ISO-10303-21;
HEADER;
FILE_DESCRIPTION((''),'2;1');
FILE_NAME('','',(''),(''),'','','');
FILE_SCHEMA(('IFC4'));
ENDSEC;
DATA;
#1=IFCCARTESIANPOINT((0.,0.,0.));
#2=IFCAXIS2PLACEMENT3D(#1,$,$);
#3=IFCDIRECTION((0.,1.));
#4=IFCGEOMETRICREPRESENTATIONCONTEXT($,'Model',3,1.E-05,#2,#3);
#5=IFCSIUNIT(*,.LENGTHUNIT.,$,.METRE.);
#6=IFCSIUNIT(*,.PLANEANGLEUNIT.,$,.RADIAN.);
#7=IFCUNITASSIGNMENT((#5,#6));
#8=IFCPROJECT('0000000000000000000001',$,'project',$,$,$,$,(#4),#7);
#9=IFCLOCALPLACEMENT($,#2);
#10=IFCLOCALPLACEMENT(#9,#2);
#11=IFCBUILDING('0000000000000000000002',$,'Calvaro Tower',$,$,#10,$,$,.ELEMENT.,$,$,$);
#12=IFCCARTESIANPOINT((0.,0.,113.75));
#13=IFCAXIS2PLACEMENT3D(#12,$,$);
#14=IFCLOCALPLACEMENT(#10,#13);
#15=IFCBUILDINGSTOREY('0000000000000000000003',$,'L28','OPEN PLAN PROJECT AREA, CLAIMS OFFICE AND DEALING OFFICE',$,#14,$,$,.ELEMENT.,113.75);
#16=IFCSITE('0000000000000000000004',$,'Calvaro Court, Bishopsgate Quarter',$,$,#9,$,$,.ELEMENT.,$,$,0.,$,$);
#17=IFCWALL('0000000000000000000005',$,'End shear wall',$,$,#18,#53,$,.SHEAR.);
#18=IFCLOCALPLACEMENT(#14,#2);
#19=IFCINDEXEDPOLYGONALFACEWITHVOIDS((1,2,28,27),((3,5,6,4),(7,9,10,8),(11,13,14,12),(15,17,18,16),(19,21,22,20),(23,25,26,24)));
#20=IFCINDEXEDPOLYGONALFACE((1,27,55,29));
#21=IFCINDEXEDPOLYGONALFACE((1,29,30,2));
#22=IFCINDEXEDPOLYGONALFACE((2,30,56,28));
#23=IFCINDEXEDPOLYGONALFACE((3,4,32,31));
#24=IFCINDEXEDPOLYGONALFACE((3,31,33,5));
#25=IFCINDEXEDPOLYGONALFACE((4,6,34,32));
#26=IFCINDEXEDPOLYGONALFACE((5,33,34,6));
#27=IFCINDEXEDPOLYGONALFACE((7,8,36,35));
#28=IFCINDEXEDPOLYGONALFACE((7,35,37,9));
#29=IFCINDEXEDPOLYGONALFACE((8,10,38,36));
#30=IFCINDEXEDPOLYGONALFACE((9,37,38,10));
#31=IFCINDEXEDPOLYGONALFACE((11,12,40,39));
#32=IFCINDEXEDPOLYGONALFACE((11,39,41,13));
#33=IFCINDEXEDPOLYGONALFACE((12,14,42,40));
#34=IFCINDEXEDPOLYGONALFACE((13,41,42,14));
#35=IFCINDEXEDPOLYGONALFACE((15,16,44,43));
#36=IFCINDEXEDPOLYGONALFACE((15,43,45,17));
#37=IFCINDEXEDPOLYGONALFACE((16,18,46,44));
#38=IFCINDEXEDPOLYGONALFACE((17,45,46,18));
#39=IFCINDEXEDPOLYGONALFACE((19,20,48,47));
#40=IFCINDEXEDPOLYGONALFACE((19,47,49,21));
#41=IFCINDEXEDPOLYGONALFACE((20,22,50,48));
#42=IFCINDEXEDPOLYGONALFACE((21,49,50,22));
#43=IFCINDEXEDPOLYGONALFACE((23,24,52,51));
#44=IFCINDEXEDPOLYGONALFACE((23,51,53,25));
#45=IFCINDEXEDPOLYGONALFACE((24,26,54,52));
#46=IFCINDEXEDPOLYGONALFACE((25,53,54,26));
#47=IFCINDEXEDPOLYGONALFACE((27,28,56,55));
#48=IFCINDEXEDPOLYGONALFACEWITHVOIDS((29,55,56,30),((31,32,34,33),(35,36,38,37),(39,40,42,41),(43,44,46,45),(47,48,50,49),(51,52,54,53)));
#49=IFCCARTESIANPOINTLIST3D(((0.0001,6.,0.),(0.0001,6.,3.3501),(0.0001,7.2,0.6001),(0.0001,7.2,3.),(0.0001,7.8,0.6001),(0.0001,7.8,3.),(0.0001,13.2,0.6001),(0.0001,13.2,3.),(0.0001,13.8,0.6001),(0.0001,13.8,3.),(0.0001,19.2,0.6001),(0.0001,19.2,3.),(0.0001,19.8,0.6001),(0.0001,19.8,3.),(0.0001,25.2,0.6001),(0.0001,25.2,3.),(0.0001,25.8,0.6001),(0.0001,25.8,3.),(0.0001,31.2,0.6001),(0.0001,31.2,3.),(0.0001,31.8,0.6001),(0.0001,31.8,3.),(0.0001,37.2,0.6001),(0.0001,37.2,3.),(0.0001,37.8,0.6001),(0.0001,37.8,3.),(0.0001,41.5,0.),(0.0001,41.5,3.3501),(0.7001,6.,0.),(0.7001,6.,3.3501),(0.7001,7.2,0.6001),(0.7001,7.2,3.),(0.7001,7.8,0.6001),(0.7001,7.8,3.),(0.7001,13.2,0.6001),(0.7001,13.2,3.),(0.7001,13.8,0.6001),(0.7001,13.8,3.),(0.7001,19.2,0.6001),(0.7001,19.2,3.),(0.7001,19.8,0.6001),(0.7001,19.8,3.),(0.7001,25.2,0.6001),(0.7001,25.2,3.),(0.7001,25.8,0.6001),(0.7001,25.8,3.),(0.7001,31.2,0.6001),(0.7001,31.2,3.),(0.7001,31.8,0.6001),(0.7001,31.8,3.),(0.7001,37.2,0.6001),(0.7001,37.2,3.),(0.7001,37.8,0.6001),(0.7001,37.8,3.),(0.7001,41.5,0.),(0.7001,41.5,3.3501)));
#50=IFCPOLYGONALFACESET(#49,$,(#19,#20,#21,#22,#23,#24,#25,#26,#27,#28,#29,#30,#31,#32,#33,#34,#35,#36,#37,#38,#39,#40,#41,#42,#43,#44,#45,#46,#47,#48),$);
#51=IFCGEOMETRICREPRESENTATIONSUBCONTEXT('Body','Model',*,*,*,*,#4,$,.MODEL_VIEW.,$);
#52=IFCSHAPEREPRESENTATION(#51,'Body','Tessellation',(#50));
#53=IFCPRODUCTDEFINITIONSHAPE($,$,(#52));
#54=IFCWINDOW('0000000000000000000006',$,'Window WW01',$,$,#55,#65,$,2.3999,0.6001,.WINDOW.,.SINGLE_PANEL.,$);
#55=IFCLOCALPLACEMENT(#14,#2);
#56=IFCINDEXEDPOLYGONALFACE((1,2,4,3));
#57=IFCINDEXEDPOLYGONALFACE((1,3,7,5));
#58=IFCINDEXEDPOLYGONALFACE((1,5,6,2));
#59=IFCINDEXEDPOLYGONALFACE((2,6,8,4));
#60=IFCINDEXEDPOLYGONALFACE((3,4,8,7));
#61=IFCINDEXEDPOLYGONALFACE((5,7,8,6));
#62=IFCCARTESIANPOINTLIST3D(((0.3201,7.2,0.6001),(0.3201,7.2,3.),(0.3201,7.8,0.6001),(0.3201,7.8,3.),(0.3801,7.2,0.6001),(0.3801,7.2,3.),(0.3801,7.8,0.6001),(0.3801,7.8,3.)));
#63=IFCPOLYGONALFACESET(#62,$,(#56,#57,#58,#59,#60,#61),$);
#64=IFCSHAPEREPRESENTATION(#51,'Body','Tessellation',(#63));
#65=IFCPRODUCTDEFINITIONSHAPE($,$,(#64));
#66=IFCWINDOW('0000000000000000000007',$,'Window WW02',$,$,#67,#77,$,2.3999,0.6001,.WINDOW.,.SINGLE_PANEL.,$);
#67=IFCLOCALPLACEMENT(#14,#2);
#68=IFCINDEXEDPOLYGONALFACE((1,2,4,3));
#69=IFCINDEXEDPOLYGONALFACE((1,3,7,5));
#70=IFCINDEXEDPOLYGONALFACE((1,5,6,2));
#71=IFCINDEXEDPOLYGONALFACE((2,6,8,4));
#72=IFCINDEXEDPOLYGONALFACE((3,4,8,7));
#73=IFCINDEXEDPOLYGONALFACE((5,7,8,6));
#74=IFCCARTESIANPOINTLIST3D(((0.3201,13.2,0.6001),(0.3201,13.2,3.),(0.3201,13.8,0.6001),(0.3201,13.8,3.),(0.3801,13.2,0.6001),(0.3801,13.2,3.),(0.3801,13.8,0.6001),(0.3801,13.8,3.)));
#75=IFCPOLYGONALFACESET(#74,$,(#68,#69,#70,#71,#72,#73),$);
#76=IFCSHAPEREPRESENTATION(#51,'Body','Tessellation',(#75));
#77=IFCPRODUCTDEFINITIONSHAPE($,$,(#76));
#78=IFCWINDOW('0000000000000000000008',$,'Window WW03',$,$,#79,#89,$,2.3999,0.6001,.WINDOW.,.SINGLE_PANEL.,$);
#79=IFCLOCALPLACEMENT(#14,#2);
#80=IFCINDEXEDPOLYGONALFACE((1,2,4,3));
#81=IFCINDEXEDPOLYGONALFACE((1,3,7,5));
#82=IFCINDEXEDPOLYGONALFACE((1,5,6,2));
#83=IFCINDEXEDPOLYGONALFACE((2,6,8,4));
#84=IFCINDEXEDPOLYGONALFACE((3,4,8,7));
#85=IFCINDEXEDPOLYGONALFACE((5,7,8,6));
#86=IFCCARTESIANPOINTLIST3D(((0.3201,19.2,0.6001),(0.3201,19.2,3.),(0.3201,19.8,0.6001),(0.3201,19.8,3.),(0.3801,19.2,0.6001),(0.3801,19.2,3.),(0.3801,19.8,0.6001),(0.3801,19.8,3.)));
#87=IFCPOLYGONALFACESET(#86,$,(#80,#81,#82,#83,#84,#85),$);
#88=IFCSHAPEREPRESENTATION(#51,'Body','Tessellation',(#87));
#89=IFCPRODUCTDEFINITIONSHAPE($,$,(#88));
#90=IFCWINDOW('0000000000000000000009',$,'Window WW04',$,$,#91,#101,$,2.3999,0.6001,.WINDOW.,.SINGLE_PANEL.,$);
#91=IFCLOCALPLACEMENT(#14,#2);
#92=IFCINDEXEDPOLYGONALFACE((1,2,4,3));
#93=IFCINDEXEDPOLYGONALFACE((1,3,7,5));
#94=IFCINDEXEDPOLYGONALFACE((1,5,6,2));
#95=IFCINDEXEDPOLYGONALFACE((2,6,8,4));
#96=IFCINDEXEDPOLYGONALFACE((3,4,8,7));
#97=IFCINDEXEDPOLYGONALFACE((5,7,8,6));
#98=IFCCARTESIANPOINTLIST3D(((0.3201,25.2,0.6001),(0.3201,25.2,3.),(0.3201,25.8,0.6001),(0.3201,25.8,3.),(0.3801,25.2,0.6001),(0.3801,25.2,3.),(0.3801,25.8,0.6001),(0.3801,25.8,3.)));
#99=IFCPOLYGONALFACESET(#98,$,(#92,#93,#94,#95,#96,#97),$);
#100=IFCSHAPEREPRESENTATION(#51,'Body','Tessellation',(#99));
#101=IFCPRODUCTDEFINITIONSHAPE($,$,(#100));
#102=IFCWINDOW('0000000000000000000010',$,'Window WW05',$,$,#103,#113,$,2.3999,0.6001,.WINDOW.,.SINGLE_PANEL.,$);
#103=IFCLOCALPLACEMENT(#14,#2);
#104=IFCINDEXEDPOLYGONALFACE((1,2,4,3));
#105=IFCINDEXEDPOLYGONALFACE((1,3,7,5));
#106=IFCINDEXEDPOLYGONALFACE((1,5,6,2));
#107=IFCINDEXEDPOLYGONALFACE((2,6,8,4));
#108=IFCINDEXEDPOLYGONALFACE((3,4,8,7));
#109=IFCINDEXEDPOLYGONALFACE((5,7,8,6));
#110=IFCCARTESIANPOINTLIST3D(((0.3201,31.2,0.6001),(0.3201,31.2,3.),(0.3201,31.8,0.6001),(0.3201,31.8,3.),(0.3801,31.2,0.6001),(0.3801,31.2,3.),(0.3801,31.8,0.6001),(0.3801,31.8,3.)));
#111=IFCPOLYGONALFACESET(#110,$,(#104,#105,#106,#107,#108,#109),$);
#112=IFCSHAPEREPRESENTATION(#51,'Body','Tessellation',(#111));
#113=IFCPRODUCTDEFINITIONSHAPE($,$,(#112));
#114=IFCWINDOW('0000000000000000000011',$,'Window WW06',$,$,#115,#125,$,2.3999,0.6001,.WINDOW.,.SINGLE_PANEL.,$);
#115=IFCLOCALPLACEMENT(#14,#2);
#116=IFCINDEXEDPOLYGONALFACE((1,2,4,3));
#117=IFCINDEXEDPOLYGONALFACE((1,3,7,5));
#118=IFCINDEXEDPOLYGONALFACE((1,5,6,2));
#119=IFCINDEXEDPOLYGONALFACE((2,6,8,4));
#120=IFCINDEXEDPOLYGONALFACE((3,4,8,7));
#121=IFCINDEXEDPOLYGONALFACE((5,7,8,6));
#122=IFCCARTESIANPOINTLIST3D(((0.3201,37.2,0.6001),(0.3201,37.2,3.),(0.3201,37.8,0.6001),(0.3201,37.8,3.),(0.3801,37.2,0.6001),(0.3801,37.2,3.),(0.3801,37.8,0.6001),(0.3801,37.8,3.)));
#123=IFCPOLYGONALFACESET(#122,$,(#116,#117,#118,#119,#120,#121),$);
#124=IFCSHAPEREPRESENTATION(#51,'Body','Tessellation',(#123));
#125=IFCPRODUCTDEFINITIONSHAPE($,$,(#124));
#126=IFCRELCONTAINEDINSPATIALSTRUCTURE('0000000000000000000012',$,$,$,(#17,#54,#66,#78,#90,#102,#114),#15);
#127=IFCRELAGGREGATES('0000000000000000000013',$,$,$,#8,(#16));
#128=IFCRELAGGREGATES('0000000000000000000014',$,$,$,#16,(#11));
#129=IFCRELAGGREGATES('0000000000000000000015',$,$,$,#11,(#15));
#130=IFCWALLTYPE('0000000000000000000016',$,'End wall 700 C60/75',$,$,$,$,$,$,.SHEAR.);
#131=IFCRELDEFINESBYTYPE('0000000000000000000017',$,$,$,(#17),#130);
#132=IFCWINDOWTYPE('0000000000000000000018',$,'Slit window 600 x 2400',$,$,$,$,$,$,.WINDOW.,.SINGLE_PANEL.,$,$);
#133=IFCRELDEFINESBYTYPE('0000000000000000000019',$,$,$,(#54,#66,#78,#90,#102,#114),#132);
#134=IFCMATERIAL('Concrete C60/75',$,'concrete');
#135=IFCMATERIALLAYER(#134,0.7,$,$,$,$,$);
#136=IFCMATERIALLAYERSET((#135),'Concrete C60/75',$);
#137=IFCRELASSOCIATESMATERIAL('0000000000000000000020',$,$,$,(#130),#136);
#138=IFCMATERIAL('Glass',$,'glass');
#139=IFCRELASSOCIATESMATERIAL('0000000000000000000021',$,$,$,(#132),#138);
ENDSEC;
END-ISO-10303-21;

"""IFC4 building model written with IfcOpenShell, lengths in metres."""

from ifc_helpers import new_model, si_unit, direction, frame, frame_2d, origin, place, context, subcontext, project, spatial, rectangle, extrude, material, layer, layer_set, type_object, element, fill, save


model = new_model("IFC4")

# Units and contexts
model_context = context("Model", 3, precision=1e-05, world=origin(), true_north=direction((0.0, 1.0)))
body_context = subcontext(model_context, "Body", "Model", "MODEL_VIEW")
ifc_project = project(units=[si_unit("LENGTHUNIT", "METRE"), si_unit("PLANEANGLEUNIT", "RADIAN")], contexts=[model_context])

# Site, building, storey
site_placement = place(None, origin())
site = spatial("IfcSite", under=ifc_project, at=site_placement, Name="Calvaro Court, Bishopsgate Quarter", CompositionType="ELEMENT", RefElevation=0.0)
building_placement = place(site_placement, origin())
building = spatial("IfcBuilding", under=site, at=building_placement, Name="Calvaro Tower", CompositionType="ELEMENT")
storey_placement = place(building_placement, frame((0.0, 0.0, 113.75)))
storey = spatial("IfcBuildingStorey", under=building, at=storey_placement, Name="L28", Description="OPEN PLAN PROJECT AREA, CLAIMS OFFICE AND DEALING OFFICE", CompositionType="ELEMENT", Elevation=113.75)

# Wall, openings, windows
ifc_material_1 = material(Name="Concrete C60/75", Category="concrete")
ifc_layer_1 = layer(ifc_material_1, 0.7)
ifc_layer_set_1 = layer_set([ifc_layer_1], Name="Concrete C60/75")
wall_type = type_object("IfcWallType", Name="End wall 700 C60/75", PredefinedType="SHEAR", material=ifc_layer_set_1)
wall_placement = place(storey_placement, frame((0.3501, 6.0, 0.0), z_axis=(0.0, 0.0, 1.0), x_axis=(0.0, 1.0, 0.0)))
wall = element("IfcWall", 1, at=wall_placement, inside=storey, type_object=wall_type, Name="End shear wall", PredefinedType="SHEAR", context=body_context, shape_type="SweptSolid", body=[
    extrude(rectangle(XDim=35.5, YDim=0.7, at=frame_2d((17.75, 0.0))), origin(), (0.0, 0.0, 1.0), 3.3501),
])
opening_1_placement = place(wall_placement, frame((1.2, 0.0, 0.6001)))
opening_1 = element("IfcOpeningElement", 2, at=opening_1_placement, cuts=wall, PredefinedType="OPENING", context=body_context, shape_type="SweptSolid", body=[
    extrude(rectangle(XDim=0.6001, YDim=2.3999, at=frame_2d((0.3, 1.2))), frame((0.0, 0.3599, 0.0), z_axis=(0.0, -1.0, 0.0), x_axis=(1.0, 0.0, 0.0)), (0.0, 0.0, 1.0), 0.72),
])
opening_2_placement = place(wall_placement, frame((7.2, 0.0, 0.6001)))
opening_2 = element("IfcOpeningElement", 3, at=opening_2_placement, cuts=wall, PredefinedType="OPENING", context=body_context, shape_type="SweptSolid", body=[
    extrude(rectangle(XDim=0.6001, YDim=2.3999, at=frame_2d((0.3, 1.2))), frame((0.0, 0.3599, 0.0), z_axis=(0.0, -1.0, 0.0), x_axis=(1.0, 0.0, 0.0)), (0.0, 0.0, 1.0), 0.72),
])
opening_3_placement = place(wall_placement, frame((13.2, 0.0, 0.6001)))
opening_3 = element("IfcOpeningElement", 4, at=opening_3_placement, cuts=wall, PredefinedType="OPENING", context=body_context, shape_type="SweptSolid", body=[
    extrude(rectangle(XDim=0.6001, YDim=2.3999, at=frame_2d((0.3, 1.2))), frame((0.0, 0.3599, 0.0), z_axis=(0.0, -1.0, 0.0), x_axis=(1.0, 0.0, 0.0)), (0.0, 0.0, 1.0), 0.72),
])
opening_4_placement = place(wall_placement, frame((19.2, 0.0, 0.6001)))
opening_4 = element("IfcOpeningElement", 5, at=opening_4_placement, cuts=wall, PredefinedType="OPENING", context=body_context, shape_type="SweptSolid", body=[
    extrude(rectangle(XDim=0.6001, YDim=2.3999, at=frame_2d((0.3, 1.2))), frame((0.0, 0.3599, 0.0), z_axis=(0.0, -1.0, 0.0), x_axis=(1.0, 0.0, 0.0)), (0.0, 0.0, 1.0), 0.72),
])
opening_5_placement = place(wall_placement, frame((25.2, 0.0, 0.6001)))
opening_5 = element("IfcOpeningElement", 6, at=opening_5_placement, cuts=wall, PredefinedType="OPENING", context=body_context, shape_type="SweptSolid", body=[
    extrude(rectangle(XDim=0.6001, YDim=2.3999, at=frame_2d((0.3, 1.2))), frame((0.0, 0.3599, 0.0), z_axis=(0.0, -1.0, 0.0), x_axis=(1.0, 0.0, 0.0)), (0.0, 0.0, 1.0), 0.72),
])
opening_6_placement = place(wall_placement, frame((31.2, 0.0, 0.6001)))
opening_6 = element("IfcOpeningElement", 7, at=opening_6_placement, cuts=wall, PredefinedType="OPENING", context=body_context, shape_type="SweptSolid", body=[
    extrude(rectangle(XDim=0.6001, YDim=2.3999, at=frame_2d((0.3, 1.2))), frame((0.0, 0.3599, 0.0), z_axis=(0.0, -1.0, 0.0), x_axis=(1.0, 0.0, 0.0)), (0.0, 0.0, 1.0), 0.72),
])
ifc_material_2 = material(Name="Glass", Category="glass")
window_type = type_object("IfcWindowType", Name="Slit window 600 x 2400", PartitioningType="SINGLE_PANEL", PredefinedType="WINDOW", material=ifc_material_2)
window_1_placement = place(opening_1_placement, origin())
window_1 = element("IfcWindow", 8, at=window_1_placement, inside=storey, type_object=window_type, Name="Window WW01", OverallHeight=2.3999, OverallWidth=0.6001, PartitioningType="SINGLE_PANEL", PredefinedType="WINDOW", context=body_context, shape_type="SweptSolid", body=[
    extrude(rectangle(XDim=0.6001, YDim=2.3999, at=frame_2d((0.3, 1.2))), frame((0.0, 0.03, 0.0), z_axis=(0.0, -1.0, 0.0), x_axis=(1.0, 0.0, 0.0)), (0.0, 0.0, 1.0), 0.0601),
])
fill(opening_1, window_1)
window_2_placement = place(opening_2_placement, origin())
window_2 = element("IfcWindow", 9, at=window_2_placement, inside=storey, type_object=window_type, Name="Window WW02", OverallHeight=2.3999, OverallWidth=0.6001, PartitioningType="SINGLE_PANEL", PredefinedType="WINDOW", context=body_context, shape_type="SweptSolid", body=[
    extrude(rectangle(XDim=0.6001, YDim=2.3999, at=frame_2d((0.3, 1.2))), frame((0.0, 0.03, 0.0), z_axis=(0.0, -1.0, 0.0), x_axis=(1.0, 0.0, 0.0)), (0.0, 0.0, 1.0), 0.0601),
])
fill(opening_2, window_2)
window_3_placement = place(opening_3_placement, origin())
window_3 = element("IfcWindow", 10, at=window_3_placement, inside=storey, type_object=window_type, Name="Window WW03", OverallHeight=2.3999, OverallWidth=0.6001, PartitioningType="SINGLE_PANEL", PredefinedType="WINDOW", context=body_context, shape_type="SweptSolid", body=[
    extrude(rectangle(XDim=0.6001, YDim=2.3999, at=frame_2d((0.3, 1.2))), frame((0.0, 0.03, 0.0), z_axis=(0.0, -1.0, 0.0), x_axis=(1.0, 0.0, 0.0)), (0.0, 0.0, 1.0), 0.0601),
])
fill(opening_3, window_3)
window_4_placement = place(opening_4_placement, origin())
window_4 = element("IfcWindow", 11, at=window_4_placement, inside=storey, type_object=window_type, Name="Window WW04", OverallHeight=2.3999, OverallWidth=0.6001, PartitioningType="SINGLE_PANEL", PredefinedType="WINDOW", context=body_context, shape_type="SweptSolid", body=[
    extrude(rectangle(XDim=0.6001, YDim=2.3999, at=frame_2d((0.3, 1.2))), frame((0.0, 0.03, 0.0), z_axis=(0.0, -1.0, 0.0), x_axis=(1.0, 0.0, 0.0)), (0.0, 0.0, 1.0), 0.0601),
])
fill(opening_4, window_4)
window_5_placement = place(opening_5_placement, origin())
window_5 = element("IfcWindow", 12, at=window_5_placement, inside=storey, type_object=window_type, Name="Window WW05", OverallHeight=2.3999, OverallWidth=0.6001, PartitioningType="SINGLE_PANEL", PredefinedType="WINDOW", context=body_context, shape_type="SweptSolid", body=[
    extrude(rectangle(XDim=0.6001, YDim=2.3999, at=frame_2d((0.3, 1.2))), frame((0.0, 0.03, 0.0), z_axis=(0.0, -1.0, 0.0), x_axis=(1.0, 0.0, 0.0)), (0.0, 0.0, 1.0), 0.0601),
])
fill(opening_5, window_5)
window_6_placement = place(opening_6_placement, origin())
window_6 = element("IfcWindow", 13, at=window_6_placement, inside=storey, type_object=window_type, Name="Window WW06", OverallHeight=2.3999, OverallWidth=0.6001, PartitioningType="SINGLE_PANEL", PredefinedType="WINDOW", context=body_context, shape_type="SweptSolid", body=[
    extrude(rectangle(XDim=0.6001, YDim=2.3999, at=frame_2d((0.3, 1.2))), frame((0.0, 0.03, 0.0), z_axis=(0.0, -1.0, 0.0), x_axis=(1.0, 0.0, 0.0)), (0.0, 0.0, 1.0), 0.0601),
])
fill(opening_6, window_6)

save(model, "model.ifc")
